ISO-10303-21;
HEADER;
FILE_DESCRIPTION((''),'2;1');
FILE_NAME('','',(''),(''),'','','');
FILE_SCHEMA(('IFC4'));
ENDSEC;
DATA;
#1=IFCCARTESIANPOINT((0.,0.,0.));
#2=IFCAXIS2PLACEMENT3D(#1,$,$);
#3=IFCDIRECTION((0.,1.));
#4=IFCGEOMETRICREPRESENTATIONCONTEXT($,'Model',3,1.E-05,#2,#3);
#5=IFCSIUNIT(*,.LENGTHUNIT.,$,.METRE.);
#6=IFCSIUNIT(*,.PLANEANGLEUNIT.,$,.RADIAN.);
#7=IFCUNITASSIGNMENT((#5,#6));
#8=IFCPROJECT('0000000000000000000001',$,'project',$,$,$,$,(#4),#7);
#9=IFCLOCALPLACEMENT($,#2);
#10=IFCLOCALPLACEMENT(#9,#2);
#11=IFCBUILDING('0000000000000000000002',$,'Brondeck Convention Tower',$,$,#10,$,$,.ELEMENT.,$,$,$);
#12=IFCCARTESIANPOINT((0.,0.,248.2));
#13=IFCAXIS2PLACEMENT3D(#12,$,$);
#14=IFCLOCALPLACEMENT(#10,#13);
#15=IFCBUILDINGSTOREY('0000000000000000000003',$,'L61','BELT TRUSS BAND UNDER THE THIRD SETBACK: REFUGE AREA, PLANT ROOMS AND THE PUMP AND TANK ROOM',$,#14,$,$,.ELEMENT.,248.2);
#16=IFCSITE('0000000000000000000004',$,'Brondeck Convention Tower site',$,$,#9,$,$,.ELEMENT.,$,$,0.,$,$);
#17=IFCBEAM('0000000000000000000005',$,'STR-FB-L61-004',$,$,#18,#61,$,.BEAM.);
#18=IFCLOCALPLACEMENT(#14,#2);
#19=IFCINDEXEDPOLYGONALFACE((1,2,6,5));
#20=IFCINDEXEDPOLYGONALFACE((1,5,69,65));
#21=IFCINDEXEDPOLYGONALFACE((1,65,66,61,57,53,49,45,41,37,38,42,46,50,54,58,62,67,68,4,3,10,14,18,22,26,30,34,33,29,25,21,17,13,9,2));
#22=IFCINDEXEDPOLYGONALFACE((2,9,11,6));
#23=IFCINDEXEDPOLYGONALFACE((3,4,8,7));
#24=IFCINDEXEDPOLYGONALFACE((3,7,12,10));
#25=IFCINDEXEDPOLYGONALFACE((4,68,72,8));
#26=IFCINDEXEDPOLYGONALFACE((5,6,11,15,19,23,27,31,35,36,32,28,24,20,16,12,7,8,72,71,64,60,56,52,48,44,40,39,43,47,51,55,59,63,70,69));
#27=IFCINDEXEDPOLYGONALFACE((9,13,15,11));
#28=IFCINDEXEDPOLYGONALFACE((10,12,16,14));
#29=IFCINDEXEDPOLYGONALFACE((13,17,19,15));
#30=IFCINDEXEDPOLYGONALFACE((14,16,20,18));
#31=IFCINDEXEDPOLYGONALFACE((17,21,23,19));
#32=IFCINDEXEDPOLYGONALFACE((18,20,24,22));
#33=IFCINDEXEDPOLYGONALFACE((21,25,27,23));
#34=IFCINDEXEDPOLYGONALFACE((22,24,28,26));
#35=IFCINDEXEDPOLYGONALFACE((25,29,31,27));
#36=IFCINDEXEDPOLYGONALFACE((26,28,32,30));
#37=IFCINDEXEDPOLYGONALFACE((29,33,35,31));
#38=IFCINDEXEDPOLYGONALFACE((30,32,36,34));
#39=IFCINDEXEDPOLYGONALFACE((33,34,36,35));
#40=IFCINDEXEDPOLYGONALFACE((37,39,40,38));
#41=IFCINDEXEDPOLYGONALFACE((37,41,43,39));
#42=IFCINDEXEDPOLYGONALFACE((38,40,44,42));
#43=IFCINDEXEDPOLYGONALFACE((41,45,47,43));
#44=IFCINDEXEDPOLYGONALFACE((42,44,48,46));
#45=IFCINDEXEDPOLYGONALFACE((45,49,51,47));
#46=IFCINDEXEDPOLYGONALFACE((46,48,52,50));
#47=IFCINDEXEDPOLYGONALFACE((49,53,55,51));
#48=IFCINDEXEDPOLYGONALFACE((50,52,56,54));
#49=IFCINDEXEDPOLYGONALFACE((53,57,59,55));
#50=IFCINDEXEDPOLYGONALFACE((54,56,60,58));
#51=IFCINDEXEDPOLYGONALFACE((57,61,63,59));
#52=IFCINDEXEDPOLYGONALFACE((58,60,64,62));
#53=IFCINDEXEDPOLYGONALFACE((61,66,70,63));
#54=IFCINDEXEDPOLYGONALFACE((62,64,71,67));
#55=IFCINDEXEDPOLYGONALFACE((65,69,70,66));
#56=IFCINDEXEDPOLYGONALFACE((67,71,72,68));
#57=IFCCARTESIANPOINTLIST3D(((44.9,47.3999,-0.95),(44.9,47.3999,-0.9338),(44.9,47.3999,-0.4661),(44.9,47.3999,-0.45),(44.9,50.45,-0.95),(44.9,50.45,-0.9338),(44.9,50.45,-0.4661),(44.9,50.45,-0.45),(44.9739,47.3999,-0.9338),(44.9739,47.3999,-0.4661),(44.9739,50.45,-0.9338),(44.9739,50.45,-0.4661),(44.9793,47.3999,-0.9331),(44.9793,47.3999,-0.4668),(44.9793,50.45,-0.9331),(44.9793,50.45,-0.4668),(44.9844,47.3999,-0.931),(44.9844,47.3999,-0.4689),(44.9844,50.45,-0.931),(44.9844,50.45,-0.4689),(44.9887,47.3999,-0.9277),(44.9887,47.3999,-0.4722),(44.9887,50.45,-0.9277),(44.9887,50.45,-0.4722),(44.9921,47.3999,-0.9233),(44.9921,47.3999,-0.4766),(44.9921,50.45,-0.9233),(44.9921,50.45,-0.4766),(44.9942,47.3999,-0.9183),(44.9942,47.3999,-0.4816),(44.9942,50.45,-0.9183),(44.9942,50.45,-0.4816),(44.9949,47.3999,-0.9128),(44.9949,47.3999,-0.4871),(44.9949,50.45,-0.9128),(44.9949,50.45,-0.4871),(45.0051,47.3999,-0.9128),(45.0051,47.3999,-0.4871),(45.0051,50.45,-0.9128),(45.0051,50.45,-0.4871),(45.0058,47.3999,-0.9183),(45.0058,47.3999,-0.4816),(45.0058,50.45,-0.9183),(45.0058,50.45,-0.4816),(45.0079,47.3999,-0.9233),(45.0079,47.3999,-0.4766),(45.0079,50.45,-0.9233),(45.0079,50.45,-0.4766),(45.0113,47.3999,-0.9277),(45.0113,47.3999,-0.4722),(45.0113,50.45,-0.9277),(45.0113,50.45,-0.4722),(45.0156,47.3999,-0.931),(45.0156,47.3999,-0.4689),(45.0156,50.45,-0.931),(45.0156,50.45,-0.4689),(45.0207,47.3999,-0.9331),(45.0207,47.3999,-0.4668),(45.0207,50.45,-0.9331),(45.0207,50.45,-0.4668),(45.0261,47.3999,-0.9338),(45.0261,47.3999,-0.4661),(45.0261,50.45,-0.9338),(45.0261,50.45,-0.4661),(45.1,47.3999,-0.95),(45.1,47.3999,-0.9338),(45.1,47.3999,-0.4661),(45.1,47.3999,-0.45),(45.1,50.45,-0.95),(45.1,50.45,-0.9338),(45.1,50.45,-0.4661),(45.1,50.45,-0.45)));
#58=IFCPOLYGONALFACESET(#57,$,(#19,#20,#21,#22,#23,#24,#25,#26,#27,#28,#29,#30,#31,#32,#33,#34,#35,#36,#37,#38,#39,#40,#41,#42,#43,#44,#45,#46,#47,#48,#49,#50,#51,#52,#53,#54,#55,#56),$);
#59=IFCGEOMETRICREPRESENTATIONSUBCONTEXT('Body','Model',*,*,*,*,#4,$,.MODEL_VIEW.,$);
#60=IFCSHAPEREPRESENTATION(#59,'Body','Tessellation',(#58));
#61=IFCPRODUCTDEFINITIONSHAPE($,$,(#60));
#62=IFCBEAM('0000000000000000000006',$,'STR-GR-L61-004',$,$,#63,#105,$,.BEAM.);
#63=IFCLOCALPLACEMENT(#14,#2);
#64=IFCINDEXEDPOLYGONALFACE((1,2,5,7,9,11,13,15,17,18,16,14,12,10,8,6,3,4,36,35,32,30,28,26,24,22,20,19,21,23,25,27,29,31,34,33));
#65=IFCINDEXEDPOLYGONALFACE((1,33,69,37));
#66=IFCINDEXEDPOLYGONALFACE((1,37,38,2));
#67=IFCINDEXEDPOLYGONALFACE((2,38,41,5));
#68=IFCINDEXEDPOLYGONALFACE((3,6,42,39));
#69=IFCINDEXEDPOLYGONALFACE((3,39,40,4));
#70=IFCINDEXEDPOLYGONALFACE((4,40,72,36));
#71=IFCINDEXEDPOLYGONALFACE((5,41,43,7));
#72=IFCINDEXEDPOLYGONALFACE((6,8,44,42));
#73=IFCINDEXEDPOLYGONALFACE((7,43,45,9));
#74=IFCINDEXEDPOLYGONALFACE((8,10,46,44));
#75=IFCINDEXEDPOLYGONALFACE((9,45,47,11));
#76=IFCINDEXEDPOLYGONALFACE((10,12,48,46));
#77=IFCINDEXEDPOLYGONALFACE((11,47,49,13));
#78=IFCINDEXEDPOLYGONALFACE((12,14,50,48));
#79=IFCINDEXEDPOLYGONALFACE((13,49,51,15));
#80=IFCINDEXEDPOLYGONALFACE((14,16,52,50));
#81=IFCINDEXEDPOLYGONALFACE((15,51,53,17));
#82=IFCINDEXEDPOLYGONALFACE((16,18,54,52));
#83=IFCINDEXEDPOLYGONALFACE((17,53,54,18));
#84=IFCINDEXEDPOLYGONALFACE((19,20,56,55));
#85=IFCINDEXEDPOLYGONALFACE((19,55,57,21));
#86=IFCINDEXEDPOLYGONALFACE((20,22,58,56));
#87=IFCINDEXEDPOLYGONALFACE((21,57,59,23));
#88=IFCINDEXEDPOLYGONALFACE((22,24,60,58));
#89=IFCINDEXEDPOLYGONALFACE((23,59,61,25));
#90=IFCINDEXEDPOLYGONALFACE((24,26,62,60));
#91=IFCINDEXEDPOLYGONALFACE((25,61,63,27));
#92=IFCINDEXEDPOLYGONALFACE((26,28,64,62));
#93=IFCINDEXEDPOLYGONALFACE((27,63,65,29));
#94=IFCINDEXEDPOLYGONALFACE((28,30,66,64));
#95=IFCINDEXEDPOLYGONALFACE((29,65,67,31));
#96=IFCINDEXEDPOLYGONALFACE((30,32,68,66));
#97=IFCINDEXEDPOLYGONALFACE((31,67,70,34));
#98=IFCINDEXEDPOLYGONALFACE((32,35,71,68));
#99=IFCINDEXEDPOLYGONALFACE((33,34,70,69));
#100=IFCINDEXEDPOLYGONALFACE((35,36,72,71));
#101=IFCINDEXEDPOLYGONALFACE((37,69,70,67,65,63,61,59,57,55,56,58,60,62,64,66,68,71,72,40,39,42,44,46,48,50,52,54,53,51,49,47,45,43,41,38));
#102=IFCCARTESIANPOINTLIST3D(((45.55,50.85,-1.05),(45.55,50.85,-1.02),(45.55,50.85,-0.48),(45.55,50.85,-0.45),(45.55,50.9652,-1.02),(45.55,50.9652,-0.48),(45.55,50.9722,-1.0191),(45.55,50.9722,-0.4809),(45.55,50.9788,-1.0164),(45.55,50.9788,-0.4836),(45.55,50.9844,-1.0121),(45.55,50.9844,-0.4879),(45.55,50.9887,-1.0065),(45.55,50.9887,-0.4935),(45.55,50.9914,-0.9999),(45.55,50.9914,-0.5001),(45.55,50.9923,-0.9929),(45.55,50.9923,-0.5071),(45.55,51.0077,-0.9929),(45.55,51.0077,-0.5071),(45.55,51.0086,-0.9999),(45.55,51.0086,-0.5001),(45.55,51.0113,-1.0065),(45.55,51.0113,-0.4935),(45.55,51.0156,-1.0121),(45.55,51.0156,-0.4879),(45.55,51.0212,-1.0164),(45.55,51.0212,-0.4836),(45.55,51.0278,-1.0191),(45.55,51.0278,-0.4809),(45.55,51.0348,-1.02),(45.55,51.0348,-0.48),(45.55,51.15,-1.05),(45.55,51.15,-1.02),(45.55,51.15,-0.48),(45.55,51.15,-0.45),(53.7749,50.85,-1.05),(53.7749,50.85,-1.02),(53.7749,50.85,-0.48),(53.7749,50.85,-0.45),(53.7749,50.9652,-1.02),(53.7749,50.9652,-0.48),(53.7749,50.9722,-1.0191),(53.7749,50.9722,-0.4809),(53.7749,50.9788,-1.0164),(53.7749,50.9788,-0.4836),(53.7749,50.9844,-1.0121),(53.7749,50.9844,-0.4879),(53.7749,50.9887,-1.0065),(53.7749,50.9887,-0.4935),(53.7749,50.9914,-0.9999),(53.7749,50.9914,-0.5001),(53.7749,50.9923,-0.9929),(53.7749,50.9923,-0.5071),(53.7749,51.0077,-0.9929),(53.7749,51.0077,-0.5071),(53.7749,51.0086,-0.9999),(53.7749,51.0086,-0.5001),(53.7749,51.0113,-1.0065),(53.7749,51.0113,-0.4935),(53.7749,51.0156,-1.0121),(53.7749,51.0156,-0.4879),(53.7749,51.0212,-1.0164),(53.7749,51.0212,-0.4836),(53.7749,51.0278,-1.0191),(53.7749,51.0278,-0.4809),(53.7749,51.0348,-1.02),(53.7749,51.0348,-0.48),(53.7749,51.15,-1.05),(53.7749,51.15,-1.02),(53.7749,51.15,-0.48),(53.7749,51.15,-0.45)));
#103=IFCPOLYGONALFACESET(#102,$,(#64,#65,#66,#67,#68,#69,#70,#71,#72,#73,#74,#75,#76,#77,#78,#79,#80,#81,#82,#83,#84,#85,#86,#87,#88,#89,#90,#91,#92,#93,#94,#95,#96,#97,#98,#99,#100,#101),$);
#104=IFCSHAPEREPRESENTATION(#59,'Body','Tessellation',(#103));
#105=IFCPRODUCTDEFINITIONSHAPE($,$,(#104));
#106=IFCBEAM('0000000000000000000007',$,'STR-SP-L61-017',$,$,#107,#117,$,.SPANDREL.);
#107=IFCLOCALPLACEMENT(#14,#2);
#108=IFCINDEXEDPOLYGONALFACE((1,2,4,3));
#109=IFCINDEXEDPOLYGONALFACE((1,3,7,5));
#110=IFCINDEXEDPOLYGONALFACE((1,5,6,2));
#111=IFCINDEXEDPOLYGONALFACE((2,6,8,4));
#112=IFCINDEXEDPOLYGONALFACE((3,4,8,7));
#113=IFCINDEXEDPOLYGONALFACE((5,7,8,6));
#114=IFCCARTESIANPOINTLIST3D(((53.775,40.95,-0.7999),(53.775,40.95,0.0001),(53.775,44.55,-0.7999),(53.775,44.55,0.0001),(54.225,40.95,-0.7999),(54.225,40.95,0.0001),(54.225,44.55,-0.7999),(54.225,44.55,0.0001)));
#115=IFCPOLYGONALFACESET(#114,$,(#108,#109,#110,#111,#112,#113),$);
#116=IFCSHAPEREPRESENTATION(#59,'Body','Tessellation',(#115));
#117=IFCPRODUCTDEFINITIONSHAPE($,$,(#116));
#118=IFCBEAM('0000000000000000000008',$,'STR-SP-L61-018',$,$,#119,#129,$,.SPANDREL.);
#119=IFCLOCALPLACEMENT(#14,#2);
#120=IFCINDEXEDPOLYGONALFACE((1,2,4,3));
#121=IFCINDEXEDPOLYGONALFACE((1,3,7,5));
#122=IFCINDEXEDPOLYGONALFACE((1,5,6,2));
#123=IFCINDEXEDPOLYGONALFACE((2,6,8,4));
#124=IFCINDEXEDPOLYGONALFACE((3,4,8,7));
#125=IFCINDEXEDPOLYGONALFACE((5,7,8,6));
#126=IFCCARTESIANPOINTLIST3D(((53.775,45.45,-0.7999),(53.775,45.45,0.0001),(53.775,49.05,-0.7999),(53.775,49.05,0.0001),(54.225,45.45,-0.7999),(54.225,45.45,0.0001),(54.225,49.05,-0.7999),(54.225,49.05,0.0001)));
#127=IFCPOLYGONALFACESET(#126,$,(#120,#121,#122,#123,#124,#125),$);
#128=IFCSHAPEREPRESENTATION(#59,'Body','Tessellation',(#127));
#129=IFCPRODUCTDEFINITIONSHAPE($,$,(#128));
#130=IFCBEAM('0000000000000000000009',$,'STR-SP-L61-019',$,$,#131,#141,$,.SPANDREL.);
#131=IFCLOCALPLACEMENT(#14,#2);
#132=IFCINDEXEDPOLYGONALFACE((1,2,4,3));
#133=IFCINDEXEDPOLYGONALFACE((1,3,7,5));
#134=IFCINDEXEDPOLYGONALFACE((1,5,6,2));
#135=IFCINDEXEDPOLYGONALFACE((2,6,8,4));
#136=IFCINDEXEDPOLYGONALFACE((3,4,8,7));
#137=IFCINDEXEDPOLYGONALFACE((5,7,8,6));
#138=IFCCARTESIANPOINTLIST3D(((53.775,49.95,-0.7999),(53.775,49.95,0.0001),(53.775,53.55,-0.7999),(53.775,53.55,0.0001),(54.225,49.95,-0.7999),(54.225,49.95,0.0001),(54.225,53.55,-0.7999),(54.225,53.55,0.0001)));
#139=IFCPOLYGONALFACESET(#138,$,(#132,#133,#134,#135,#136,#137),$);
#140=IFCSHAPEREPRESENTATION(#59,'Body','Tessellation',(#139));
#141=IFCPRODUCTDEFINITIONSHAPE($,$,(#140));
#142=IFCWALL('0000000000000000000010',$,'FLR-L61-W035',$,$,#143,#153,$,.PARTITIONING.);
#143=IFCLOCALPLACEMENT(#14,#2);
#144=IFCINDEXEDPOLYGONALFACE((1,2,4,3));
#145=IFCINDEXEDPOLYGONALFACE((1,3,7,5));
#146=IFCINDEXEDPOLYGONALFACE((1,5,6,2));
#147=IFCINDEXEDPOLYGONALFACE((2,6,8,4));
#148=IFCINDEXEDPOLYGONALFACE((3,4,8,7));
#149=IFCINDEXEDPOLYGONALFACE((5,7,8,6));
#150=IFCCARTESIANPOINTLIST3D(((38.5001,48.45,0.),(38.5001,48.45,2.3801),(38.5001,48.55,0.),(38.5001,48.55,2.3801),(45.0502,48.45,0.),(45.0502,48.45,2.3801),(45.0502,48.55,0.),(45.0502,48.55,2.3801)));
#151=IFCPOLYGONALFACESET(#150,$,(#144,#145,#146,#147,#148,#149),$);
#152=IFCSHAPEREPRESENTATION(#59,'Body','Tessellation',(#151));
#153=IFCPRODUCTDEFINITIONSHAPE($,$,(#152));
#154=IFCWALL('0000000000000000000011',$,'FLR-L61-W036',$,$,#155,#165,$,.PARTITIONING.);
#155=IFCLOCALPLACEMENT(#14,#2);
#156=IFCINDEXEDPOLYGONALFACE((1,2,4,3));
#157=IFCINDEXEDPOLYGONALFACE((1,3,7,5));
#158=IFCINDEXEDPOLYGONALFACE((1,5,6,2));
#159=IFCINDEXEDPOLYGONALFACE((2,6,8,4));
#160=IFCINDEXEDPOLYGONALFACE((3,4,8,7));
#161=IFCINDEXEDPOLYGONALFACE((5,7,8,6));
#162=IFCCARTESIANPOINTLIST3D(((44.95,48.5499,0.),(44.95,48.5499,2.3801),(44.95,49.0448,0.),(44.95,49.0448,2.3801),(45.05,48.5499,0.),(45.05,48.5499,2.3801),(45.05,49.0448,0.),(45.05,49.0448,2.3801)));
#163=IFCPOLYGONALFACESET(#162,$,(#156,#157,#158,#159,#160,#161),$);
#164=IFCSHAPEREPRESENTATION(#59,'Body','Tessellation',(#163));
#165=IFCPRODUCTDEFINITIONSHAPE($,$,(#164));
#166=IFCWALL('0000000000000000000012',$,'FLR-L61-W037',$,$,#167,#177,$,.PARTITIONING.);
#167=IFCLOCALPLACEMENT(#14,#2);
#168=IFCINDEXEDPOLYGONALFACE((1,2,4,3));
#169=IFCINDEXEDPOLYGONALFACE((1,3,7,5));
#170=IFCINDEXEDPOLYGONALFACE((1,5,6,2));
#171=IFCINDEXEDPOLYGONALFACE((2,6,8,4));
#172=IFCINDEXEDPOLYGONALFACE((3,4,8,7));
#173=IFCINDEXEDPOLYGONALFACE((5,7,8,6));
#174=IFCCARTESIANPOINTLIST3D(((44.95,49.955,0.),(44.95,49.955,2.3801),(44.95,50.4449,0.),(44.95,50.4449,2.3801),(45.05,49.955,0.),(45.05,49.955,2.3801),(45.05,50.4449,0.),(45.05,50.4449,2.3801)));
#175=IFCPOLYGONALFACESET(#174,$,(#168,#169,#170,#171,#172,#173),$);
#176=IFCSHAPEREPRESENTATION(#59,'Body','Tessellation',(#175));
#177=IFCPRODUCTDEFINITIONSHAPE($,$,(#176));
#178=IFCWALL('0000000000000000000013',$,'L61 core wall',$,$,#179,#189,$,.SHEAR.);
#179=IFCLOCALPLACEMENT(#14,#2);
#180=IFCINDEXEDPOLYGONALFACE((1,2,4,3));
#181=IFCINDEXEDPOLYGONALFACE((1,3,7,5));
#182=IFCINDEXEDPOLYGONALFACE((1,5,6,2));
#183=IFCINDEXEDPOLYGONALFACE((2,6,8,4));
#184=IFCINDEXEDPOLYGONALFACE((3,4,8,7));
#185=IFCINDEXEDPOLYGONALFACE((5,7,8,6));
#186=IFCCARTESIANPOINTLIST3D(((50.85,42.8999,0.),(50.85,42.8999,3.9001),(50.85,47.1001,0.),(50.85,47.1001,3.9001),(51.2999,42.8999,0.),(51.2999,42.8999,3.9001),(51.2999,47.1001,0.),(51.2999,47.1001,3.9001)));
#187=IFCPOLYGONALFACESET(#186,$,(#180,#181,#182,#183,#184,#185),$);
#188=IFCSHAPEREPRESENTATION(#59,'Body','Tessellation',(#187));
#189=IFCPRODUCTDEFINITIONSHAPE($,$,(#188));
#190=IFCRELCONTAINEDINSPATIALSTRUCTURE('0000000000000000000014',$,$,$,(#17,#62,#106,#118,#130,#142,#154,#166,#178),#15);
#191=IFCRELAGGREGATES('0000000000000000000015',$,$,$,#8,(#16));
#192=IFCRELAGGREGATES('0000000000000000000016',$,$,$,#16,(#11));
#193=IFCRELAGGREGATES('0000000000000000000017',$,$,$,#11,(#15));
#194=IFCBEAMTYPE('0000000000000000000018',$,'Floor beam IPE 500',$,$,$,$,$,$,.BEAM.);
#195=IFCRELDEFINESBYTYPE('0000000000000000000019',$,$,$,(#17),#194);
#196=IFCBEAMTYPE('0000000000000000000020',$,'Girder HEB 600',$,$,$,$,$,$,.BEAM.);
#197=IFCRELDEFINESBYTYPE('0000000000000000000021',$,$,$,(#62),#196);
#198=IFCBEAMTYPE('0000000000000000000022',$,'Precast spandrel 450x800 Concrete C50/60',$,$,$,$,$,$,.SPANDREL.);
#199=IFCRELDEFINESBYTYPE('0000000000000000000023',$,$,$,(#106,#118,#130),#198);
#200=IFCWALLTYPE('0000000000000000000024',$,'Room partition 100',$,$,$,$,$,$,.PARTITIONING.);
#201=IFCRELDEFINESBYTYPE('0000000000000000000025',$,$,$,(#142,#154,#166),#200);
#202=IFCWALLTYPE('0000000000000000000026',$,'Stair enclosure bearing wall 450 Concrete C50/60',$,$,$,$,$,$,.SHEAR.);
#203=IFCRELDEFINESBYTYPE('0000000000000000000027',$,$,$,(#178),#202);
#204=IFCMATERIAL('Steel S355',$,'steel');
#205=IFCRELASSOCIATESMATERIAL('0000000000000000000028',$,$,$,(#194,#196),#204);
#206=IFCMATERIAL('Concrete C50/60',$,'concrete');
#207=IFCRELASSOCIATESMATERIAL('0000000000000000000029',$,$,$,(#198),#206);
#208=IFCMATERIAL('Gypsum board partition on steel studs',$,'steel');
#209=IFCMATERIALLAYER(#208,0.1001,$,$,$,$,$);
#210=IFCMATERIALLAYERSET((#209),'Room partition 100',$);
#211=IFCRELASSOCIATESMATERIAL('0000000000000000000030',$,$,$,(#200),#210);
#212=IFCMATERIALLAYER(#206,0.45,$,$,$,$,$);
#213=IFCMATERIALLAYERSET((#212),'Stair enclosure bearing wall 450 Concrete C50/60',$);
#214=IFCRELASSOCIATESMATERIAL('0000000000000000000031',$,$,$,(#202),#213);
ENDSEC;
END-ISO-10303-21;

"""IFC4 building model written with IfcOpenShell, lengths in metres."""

from ifc_helpers import new_model, si_unit, direction, frame, frame_2d, origin, origin_2d, place, context, subcontext, project, spatial, rectangle, i_section, extrude, material, layer, layer_set, material_profile, profile_set, type_object, element, save


model = new_model("IFC4")

# Units and contexts
model_context = context("Model", 3, precision=1e-05, world=origin(), true_north=direction((0.0, 1.0)))
body_context = subcontext(model_context, "Body", "Model", "MODEL_VIEW")
ifc_project = project(units=[si_unit("LENGTHUNIT", "METRE"), si_unit("PLANEANGLEUNIT", "RADIAN")], contexts=[model_context])

# Site, building, storey
site_placement = place(None, origin())
site = spatial("IfcSite", under=ifc_project, at=site_placement, Name="Brondeck Convention Tower site", CompositionType="ELEMENT", RefElevation=0.0)
building_placement = place(site_placement, origin())
building = spatial("IfcBuilding", under=site, at=building_placement, Name="Brondeck Convention Tower", CompositionType="ELEMENT")
storey_placement = place(building_placement, frame((0.0, 0.0, 248.2)))
storey = spatial("IfcBuildingStorey", under=building, at=storey_placement, Name="L61", Description="BELT TRUSS BAND UNDER THE THIRD SETBACK: REFUGE AREA, PLANT ROOMS AND THE PUMP AND TANK ROOM", CompositionType="ELEMENT", Elevation=248.2)

# Shared definitions
ifc_material_1 = material(Name="Concrete C50/60", Category="concrete")

# Beams
ifc_material_2 = material(Name="Steel S355", Category="steel")
ifc_material_profile_1 = material_profile(ifc_material_2, i_section(OverallWidth=0.2, OverallDepth=0.5, WebThickness=0.0103, FlangeThickness=0.0161, FilletRadius=0.021, at=origin_2d()), Name="IPE 500")
ifc_profile_set_1 = profile_set([ifc_material_profile_1], Name="Steel S355")
beam_type_1 = type_object("IfcBeamType", Name="Floor beam IPE 500", PredefinedType="BEAM", material=ifc_profile_set_1)
beam_1_placement = place(storey_placement, frame((45.0, 47.3999, -0.7), z_axis=(0.0, 1.0, 0.0), x_axis=(-1.0, 0.0, 0.0)))
element("IfcBeam", 1, at=beam_1_placement, inside=storey, type_object=beam_type_1, Name="STR-FB-L61-004", PredefinedType="BEAM", context=body_context, shape_type="SweptSolid", body=[
    extrude(i_section(OverallWidth=0.2, OverallDepth=0.5, WebThickness=0.0103, FlangeThickness=0.0161, FilletRadius=0.021, at=origin_2d()), origin(), (0.0, 0.0, 1.0), 3.05),
])
ifc_material_profile_2 = material_profile(ifc_material_2, i_section(OverallWidth=0.3, OverallDepth=0.6001, WebThickness=0.0154, FlangeThickness=0.03, FilletRadius=0.0271, at=origin_2d()), Name="HEB 600")
ifc_profile_set_2 = profile_set([ifc_material_profile_2], Name="Steel S355")
beam_type_2 = type_object("IfcBeamType", Name="Girder HEB 600", PredefinedType="BEAM", material=ifc_profile_set_2)
beam_2_placement = place(storey_placement, frame((45.55, 51.0, -0.75), z_axis=(1.0, 0.0, 0.0), x_axis=(0.0, 1.0, 0.0)))
element("IfcBeam", 2, at=beam_2_placement, inside=storey, type_object=beam_type_2, Name="STR-GR-L61-004", PredefinedType="BEAM", context=body_context, shape_type="SweptSolid", body=[
    extrude(i_section(OverallWidth=0.3, OverallDepth=0.6001, WebThickness=0.0154, FlangeThickness=0.03, FilletRadius=0.0271, at=origin_2d()), origin(), (0.0, 0.0, 1.0), 8.2249),
])
ifc_material_profile_3 = material_profile(ifc_material_1, rectangle(XDim=0.45, YDim=0.8, at=origin_2d()), Name="Precast spandrel 450x800 Concrete C50/60")
ifc_profile_set_3 = profile_set([ifc_material_profile_3], Name="Concrete C50/60")
beam_type_3 = type_object("IfcBeamType", Name="Precast spandrel 450x800 Concrete C50/60", PredefinedType="SPANDREL", material=ifc_profile_set_3)
for number, where, z_axis, x_axis, name in (
    (3, (54.0, 40.95, -0.3999), (0.0, 1.0, 0.0), (-1.0, 0.0, 0.0), "STR-SP-L61-017"),
    (4, (54.0, 45.45, -0.3999), (0.0, 1.0, 0.0), (-1.0, 0.0, 0.0), "STR-SP-L61-018"),
    (5, (54.0, 49.95, -0.3999), (0.0, 1.0, 0.0), (-1.0, 0.0, 0.0), "STR-SP-L61-019"),
):
    element("IfcBeam", number, at=place(storey_placement, frame(where, z_axis=z_axis, x_axis=x_axis)), inside=storey, type_object=beam_type_3, Name=name, PredefinedType="SPANDREL", context=body_context, shape_type="SweptSolid", body=[
        extrude(rectangle(XDim=0.45, YDim=0.8, at=origin_2d()), origin(), (0.0, 0.0, 1.0), 3.6001),
    ])

# Walls
ifc_material_3 = material(Name="Gypsum board partition on steel studs", Category="steel")
ifc_layer_1 = layer(ifc_material_3, 0.1001)
ifc_layer_set_1 = layer_set([ifc_layer_1], Name="Room partition 100")
wall_type_1 = type_object("IfcWallType", Name="Room partition 100", PredefinedType="PARTITIONING", material=ifc_layer_set_1)
wall_1_placement = place(storey_placement, frame((45.05, 48.5, 0.0), z_axis=(0.0, 0.0, 1.0), x_axis=(-1.0, 0.0, 0.0)))
element("IfcWall", 6, at=wall_1_placement, inside=storey, type_object=wall_type_1, Name="FLR-L61-W035", PredefinedType="PARTITIONING", context=body_context, shape_type="SweptSolid", body=[
    extrude(rectangle(XDim=6.55, YDim=0.1001, at=frame_2d((3.2749, 0.0))), origin(), (0.0, 0.0, 1.0), 2.3801),
])
wall_2_placement = place(storey_placement, frame((45.0, 49.0449, 0.0), z_axis=(0.0, 0.0, 1.0), x_axis=(0.0, -1.0, 0.0)))
element("IfcWall", 7, at=wall_2_placement, inside=storey, type_object=wall_type_1, Name="FLR-L61-W036", PredefinedType="PARTITIONING", context=body_context, shape_type="SweptSolid", body=[
    extrude(rectangle(XDim=0.4949, YDim=0.1001, at=frame_2d((0.2476, 0.0))), origin(), (0.0, 0.0, 1.0), 2.3801),
])
wall_3_placement = place(storey_placement, frame((45.0, 50.4451, 0.0), z_axis=(0.0, 0.0, 1.0), x_axis=(0.0, -1.0, 0.0)))
element("IfcWall", 8, at=wall_3_placement, inside=storey, type_object=wall_type_1, Name="FLR-L61-W037", PredefinedType="PARTITIONING", context=body_context, shape_type="SweptSolid", body=[
    extrude(rectangle(XDim=0.49, YDim=0.1001, at=frame_2d((0.2451, 0.0))), origin(), (0.0, 0.0, 1.0), 2.3801),
])
ifc_layer_2 = layer(ifc_material_1, 0.45)
ifc_layer_set_2 = layer_set([ifc_layer_2], Name="Stair enclosure bearing wall 450 Concrete C50/60")
wall_type_2 = type_object("IfcWallType", Name="Stair enclosure bearing wall 450 Concrete C50/60", PredefinedType="SHEAR", material=ifc_layer_set_2)
wall_4_placement = place(storey_placement, frame((51.075, 42.8999, 0.0), z_axis=(0.0, 0.0, 1.0), x_axis=(0.0, 1.0, 0.0)))
element("IfcWall", 9, at=wall_4_placement, inside=storey, type_object=wall_type_2, Name="L61 core wall", PredefinedType="SHEAR", context=body_context, shape_type="SweptSolid", body=[
    extrude(rectangle(XDim=4.2002, YDim=0.45, at=frame_2d((2.1001, 0.0))), origin(), (0.0, 0.0, 1.0), 3.9001),
])

save(model, "model.ifc")
